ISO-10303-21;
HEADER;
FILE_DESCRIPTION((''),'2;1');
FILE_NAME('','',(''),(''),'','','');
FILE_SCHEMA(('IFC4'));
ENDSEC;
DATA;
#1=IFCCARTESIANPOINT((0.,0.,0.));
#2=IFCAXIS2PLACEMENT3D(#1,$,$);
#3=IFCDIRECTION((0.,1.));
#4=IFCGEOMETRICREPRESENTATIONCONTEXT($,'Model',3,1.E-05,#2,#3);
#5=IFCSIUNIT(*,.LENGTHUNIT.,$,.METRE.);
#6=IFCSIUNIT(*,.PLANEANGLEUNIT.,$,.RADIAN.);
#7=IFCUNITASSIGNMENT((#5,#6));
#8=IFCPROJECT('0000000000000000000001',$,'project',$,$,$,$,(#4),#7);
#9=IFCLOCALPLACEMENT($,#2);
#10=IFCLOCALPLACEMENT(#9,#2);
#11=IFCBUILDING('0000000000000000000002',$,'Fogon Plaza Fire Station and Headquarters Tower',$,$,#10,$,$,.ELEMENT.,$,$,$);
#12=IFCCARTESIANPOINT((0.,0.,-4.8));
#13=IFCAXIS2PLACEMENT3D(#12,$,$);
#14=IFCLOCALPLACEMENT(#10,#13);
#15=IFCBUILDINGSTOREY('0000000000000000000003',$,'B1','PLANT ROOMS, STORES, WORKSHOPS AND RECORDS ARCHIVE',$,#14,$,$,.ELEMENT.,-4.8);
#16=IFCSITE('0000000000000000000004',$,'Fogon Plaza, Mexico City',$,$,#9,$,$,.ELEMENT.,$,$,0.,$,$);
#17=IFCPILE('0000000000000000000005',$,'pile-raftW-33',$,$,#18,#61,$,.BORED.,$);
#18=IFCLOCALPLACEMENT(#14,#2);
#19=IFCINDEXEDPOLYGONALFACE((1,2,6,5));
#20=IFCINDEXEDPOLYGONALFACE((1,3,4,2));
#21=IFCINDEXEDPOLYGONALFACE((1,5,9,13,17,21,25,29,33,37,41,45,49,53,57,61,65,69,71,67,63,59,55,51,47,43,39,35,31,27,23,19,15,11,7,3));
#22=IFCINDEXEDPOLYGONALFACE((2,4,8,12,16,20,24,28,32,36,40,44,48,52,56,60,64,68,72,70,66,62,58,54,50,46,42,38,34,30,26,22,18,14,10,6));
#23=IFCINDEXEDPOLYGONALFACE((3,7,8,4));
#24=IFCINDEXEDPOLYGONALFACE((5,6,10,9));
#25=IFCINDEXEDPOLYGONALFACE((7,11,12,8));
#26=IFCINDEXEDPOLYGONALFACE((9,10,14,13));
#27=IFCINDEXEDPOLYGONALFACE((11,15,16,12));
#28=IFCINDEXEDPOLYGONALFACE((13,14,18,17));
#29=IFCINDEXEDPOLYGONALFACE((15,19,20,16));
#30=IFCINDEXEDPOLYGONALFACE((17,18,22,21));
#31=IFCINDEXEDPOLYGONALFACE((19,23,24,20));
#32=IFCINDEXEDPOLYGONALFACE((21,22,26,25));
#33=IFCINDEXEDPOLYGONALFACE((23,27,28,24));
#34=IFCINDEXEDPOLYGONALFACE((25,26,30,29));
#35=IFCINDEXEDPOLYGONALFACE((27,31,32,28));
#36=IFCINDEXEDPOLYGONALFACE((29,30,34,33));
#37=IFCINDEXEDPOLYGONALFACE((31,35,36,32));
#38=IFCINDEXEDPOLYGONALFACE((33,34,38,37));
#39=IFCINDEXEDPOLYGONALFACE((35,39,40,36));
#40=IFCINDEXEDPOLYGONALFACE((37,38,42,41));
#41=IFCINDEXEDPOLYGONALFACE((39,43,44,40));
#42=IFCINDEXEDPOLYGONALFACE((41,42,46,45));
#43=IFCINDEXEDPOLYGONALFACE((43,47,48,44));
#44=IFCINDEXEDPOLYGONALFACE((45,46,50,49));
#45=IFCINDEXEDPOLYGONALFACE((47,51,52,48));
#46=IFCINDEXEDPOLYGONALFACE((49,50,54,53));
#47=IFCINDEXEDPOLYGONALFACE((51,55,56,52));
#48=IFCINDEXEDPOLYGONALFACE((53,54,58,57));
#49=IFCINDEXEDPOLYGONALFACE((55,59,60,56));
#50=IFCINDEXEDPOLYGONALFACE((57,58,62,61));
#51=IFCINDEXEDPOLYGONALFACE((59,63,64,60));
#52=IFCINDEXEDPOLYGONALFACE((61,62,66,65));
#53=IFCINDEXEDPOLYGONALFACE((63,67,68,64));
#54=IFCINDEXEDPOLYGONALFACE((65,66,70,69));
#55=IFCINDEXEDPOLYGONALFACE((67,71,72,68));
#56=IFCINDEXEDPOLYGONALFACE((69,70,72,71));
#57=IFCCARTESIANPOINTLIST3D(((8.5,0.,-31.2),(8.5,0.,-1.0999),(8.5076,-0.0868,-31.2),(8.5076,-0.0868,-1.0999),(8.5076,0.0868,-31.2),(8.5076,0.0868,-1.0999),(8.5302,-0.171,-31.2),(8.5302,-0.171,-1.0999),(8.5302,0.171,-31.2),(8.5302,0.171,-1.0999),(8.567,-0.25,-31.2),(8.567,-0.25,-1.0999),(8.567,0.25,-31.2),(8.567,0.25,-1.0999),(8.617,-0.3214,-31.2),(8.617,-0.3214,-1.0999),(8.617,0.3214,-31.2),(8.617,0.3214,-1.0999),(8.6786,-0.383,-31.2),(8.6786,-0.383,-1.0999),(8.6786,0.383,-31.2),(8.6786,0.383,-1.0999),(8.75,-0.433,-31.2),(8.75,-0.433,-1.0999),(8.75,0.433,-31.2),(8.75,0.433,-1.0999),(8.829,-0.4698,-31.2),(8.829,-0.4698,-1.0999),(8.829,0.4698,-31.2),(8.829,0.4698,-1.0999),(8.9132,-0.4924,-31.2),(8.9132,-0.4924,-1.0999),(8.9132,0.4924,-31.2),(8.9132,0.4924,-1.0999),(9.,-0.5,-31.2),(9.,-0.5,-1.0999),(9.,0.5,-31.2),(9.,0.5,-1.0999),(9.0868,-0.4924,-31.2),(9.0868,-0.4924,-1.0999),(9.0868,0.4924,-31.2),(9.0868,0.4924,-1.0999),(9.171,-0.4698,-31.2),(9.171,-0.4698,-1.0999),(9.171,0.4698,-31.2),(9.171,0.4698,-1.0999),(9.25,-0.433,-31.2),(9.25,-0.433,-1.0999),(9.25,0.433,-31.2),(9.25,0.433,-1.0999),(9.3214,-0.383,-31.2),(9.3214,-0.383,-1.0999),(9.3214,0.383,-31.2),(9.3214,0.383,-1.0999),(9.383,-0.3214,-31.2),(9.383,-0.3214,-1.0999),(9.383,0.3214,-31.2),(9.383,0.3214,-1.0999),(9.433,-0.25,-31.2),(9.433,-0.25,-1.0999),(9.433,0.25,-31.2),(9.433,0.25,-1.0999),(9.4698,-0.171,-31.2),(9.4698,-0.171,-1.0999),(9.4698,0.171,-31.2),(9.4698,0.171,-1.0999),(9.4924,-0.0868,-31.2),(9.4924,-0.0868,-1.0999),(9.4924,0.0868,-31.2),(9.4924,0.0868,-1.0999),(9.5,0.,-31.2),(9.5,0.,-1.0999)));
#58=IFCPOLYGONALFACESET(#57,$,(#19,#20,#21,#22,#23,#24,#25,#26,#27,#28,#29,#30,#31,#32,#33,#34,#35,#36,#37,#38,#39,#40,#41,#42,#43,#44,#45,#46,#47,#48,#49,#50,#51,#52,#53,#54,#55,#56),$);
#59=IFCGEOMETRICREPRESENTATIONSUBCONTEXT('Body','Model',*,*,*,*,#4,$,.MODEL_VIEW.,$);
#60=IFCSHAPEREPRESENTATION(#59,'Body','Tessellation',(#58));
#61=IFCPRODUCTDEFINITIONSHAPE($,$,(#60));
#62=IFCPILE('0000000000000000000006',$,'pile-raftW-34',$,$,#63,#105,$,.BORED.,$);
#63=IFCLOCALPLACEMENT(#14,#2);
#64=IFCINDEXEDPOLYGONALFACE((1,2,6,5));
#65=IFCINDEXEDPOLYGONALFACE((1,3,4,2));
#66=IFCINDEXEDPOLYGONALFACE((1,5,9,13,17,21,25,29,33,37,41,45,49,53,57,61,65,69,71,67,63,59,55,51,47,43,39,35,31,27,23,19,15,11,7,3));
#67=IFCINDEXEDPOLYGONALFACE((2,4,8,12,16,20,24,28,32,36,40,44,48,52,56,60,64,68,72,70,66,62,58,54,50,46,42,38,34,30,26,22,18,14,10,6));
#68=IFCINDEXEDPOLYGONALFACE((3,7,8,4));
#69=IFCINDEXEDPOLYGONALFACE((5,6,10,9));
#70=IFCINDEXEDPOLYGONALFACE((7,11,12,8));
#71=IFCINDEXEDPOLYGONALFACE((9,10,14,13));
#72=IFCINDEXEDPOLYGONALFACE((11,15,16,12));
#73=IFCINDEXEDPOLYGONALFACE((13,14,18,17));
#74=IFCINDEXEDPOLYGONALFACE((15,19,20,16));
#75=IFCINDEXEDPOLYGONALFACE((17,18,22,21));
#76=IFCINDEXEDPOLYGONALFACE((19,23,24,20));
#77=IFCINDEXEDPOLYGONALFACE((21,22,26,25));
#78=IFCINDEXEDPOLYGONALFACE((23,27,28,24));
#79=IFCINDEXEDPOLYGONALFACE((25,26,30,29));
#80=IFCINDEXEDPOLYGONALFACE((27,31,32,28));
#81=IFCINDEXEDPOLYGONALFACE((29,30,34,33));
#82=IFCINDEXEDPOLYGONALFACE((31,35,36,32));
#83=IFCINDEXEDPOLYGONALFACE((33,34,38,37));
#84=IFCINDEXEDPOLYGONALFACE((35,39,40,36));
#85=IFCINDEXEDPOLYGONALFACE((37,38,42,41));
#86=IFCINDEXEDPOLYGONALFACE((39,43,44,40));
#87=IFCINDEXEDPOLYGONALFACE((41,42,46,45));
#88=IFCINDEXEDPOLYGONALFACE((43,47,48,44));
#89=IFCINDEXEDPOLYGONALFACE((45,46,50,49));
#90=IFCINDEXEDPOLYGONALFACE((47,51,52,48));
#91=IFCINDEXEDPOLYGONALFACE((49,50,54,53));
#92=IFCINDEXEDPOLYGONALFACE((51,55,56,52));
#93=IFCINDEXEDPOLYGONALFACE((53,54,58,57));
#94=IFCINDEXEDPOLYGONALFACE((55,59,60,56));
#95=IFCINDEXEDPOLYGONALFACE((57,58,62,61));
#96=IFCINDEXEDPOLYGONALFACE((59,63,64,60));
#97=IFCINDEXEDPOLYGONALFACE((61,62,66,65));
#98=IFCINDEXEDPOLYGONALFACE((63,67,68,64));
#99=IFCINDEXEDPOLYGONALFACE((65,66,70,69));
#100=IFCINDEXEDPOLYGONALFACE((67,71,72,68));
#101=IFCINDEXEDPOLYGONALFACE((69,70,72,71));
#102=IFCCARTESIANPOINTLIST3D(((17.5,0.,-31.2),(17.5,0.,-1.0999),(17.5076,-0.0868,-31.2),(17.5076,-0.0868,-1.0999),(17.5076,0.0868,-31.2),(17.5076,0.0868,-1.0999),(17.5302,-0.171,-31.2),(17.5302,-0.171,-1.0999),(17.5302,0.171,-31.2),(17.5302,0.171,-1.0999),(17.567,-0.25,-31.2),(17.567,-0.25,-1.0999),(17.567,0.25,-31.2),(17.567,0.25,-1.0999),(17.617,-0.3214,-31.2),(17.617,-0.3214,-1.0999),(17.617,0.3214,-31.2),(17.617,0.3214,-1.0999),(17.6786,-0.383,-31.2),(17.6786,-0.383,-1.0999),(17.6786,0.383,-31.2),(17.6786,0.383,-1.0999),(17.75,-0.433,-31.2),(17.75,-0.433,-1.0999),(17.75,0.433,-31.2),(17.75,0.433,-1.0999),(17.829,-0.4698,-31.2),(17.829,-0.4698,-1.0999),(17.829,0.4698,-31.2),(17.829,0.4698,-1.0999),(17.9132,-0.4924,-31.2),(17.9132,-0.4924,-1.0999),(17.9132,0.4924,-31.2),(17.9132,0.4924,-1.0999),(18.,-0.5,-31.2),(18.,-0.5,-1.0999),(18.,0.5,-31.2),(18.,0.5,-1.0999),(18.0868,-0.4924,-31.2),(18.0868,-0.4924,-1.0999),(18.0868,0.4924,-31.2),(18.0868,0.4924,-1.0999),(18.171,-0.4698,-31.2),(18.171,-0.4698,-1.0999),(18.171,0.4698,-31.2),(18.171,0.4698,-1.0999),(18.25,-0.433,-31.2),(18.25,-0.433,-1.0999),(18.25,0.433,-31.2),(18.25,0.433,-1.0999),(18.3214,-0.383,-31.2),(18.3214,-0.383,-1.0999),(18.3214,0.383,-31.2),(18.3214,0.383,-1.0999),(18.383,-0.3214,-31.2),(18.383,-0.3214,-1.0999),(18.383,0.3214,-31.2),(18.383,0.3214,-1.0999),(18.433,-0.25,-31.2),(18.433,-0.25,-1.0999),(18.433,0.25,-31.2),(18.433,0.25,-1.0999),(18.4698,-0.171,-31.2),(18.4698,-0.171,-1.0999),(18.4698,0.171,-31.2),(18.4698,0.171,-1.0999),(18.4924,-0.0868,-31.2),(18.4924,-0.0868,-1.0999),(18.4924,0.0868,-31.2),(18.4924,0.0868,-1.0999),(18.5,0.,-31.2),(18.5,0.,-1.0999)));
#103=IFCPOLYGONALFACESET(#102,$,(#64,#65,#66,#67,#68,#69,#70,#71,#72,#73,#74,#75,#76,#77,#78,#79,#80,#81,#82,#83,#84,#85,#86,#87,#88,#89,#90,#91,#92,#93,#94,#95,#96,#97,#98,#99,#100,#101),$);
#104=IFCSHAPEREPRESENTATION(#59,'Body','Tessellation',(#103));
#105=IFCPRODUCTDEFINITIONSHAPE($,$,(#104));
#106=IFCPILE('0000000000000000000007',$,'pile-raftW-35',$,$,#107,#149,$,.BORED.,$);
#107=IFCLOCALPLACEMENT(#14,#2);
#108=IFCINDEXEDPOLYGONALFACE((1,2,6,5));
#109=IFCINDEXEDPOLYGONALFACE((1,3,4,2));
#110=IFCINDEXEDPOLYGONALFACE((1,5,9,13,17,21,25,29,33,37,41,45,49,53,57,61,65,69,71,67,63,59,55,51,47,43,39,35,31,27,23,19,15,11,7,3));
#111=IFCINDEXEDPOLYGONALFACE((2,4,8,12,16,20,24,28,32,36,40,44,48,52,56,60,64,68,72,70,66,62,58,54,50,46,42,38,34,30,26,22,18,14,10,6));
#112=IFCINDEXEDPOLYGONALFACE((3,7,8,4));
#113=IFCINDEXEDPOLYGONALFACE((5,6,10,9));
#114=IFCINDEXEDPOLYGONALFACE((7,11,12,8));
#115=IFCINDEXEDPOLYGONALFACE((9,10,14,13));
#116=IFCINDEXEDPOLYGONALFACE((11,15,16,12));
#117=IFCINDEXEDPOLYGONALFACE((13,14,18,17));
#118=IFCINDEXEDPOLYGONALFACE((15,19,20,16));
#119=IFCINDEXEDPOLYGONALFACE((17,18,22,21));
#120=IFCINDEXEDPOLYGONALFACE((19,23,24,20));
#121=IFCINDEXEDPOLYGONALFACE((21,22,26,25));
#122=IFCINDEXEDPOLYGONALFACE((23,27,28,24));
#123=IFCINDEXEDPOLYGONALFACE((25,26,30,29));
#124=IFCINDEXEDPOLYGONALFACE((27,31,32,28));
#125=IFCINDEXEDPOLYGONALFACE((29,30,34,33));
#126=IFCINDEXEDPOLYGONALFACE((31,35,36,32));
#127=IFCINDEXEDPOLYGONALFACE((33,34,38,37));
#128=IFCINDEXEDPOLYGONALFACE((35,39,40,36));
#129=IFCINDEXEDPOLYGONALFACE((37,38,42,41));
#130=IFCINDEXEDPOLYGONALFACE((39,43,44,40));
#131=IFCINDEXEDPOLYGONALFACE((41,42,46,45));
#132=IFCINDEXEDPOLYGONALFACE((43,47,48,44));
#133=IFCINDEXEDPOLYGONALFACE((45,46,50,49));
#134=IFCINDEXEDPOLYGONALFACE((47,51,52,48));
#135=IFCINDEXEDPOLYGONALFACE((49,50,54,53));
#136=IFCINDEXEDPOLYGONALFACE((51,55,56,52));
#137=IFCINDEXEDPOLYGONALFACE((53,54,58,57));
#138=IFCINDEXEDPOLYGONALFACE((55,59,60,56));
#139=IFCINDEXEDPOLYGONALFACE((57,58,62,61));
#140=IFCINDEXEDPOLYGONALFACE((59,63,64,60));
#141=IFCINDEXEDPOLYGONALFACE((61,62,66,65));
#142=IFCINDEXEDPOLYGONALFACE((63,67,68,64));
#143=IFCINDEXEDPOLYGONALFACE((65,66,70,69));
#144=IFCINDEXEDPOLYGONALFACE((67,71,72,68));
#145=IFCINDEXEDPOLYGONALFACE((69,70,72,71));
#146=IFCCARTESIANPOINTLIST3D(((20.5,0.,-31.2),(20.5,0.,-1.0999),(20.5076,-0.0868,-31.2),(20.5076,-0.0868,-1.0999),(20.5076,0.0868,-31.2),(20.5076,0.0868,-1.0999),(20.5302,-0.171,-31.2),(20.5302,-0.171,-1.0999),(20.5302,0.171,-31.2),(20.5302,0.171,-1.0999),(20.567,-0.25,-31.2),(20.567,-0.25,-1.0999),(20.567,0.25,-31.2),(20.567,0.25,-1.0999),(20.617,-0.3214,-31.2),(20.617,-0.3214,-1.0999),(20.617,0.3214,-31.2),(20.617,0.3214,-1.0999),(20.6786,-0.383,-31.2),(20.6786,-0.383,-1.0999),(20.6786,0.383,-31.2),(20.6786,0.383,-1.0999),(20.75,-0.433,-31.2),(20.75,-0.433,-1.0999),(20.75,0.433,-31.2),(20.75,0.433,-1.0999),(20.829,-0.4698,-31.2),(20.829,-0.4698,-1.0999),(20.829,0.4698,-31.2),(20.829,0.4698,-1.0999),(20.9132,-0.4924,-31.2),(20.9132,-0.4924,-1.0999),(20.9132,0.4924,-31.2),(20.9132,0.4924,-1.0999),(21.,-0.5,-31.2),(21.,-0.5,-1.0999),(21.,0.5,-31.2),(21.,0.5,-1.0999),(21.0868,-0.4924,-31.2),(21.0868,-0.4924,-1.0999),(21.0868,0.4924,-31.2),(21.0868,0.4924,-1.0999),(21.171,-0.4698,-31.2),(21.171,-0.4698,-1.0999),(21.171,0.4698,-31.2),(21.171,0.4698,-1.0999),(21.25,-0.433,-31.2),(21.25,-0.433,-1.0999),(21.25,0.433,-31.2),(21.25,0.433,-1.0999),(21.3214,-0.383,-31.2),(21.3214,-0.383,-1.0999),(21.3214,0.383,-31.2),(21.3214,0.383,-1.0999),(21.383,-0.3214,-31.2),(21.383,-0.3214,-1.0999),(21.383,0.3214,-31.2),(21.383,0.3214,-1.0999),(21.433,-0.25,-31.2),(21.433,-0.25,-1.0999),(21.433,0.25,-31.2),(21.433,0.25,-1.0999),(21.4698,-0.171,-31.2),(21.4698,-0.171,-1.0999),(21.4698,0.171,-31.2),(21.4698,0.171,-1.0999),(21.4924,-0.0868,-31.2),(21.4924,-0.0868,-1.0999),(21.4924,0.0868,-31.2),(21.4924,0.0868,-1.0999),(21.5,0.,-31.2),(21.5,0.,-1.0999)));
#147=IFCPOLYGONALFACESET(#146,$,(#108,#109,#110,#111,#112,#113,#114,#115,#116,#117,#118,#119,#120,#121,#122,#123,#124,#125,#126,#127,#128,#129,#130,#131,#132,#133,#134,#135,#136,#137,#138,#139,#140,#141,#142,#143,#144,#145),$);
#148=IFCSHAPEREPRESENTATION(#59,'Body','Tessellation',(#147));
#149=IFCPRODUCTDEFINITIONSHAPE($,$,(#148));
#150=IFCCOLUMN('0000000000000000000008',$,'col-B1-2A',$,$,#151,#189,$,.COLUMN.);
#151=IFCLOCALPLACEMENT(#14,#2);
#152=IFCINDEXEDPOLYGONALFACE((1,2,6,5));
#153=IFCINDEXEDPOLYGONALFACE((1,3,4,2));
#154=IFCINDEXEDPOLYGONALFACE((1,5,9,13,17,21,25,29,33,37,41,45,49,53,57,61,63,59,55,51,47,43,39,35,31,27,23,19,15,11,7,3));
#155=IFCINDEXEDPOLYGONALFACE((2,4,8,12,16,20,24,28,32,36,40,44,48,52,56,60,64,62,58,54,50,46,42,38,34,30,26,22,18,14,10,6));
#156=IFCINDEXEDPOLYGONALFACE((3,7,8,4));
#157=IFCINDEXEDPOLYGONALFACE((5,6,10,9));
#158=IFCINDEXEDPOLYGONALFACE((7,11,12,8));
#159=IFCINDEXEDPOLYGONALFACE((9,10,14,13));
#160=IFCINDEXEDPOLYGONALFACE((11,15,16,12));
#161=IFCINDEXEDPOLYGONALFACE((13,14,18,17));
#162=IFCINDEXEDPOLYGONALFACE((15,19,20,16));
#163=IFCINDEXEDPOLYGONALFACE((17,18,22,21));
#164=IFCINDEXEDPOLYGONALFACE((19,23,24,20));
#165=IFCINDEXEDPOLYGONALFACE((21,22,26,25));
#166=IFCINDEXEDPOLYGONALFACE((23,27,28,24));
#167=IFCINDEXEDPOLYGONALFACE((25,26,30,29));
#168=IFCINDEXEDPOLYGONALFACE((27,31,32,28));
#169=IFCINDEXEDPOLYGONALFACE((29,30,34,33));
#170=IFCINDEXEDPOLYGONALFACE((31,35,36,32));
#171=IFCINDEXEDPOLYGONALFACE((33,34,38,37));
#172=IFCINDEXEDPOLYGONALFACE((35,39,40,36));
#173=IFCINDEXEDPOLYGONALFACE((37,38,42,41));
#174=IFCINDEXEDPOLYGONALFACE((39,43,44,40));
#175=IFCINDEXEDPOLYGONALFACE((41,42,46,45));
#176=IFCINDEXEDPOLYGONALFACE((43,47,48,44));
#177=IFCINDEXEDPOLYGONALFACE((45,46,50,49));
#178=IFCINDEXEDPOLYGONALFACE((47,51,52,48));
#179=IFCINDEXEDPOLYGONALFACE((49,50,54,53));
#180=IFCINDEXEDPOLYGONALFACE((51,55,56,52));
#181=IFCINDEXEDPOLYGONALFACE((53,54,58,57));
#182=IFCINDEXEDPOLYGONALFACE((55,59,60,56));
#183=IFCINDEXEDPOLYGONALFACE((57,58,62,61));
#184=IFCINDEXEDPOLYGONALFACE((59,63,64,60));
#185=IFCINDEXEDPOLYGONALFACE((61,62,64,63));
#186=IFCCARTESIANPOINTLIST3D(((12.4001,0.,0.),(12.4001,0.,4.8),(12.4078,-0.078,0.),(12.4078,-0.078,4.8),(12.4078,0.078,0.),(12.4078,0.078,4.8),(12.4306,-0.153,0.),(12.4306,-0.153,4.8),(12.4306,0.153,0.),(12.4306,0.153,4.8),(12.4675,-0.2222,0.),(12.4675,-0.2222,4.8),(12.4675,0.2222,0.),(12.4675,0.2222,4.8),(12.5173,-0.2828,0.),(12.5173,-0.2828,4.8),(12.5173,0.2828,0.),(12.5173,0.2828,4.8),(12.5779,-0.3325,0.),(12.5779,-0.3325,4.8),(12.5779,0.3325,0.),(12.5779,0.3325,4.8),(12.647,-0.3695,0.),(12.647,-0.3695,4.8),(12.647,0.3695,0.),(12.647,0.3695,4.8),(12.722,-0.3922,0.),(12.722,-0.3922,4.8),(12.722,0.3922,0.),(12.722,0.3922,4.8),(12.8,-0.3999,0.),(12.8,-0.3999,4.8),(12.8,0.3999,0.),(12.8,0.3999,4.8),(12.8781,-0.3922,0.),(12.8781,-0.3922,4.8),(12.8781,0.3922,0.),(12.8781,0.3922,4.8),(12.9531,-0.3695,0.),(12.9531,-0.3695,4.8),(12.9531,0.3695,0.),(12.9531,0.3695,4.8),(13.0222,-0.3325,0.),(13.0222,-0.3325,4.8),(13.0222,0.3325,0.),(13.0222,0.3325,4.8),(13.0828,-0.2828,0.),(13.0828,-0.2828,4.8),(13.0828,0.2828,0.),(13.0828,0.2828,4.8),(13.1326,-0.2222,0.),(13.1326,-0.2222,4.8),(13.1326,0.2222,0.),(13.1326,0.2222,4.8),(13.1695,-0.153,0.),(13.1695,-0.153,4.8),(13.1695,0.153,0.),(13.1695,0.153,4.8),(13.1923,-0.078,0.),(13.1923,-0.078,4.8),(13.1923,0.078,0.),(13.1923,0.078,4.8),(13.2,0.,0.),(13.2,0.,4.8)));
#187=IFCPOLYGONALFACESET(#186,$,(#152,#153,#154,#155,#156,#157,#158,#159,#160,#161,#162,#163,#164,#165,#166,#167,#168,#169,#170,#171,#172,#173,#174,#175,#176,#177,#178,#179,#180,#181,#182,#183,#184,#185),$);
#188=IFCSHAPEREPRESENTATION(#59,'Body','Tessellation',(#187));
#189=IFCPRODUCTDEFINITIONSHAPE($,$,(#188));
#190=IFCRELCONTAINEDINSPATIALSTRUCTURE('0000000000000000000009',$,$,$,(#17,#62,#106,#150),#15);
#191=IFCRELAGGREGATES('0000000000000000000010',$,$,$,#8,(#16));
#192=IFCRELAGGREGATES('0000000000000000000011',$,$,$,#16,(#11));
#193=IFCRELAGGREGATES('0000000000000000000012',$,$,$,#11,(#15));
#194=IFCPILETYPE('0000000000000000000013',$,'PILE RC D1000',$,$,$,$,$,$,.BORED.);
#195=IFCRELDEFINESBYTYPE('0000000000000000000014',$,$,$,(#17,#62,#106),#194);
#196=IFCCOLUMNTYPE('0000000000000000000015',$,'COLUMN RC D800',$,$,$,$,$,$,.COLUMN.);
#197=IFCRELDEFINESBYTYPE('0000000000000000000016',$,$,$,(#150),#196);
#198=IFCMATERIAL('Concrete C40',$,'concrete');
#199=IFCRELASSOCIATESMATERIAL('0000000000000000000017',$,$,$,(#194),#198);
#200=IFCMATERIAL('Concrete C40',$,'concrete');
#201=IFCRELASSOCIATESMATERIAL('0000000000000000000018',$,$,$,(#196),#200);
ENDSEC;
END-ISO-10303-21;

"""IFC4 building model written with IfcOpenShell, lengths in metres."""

from ifc_helpers import new_model, si_unit, direction, frame, origin, origin_2d, place, context, subcontext, project, spatial, circle, extrude, material, material_profile, profile_set, type_object, element, save


model = new_model("IFC4")

# Units and contexts
model_context = context("Model", 3, precision=1e-05, world=origin(), true_north=direction((0.0, 1.0)))
body_context = subcontext(model_context, "Body", "Model", "MODEL_VIEW")
ifc_project = project(units=[si_unit("LENGTHUNIT", "METRE"), si_unit("PLANEANGLEUNIT", "RADIAN")], contexts=[model_context])

# Site, building, storey
site_placement = place(None, origin())
site = spatial("IfcSite", under=ifc_project, at=site_placement, Name="Fogon Plaza, Mexico City", CompositionType="ELEMENT", RefElevation=0.0)
building_placement = place(site_placement, origin())
building = spatial("IfcBuilding", under=site, at=building_placement, Name="Fogon Plaza Fire Station and Headquarters Tower", CompositionType="ELEMENT")
storey_placement = place(building_placement, frame((0.0, 0.0, -4.8)))
storey = spatial("IfcBuildingStorey", under=building, at=storey_placement, Name="B1", Description="PLANT ROOMS, STORES, WORKSHOPS AND RECORDS ARCHIVE", CompositionType="ELEMENT", Elevation=-4.8)

# Piles
ifc_material_1 = material(Name="Concrete C40", Category="concrete")
ifc_material_profile_1 = material_profile(ifc_material_1, circle(Radius=0.5, at=origin_2d()), Name="RC D1000")
ifc_profile_set_1 = profile_set([ifc_material_profile_1], Name="Concrete C40")
pile_type = type_object("IfcPileType", Name="PILE RC D1000", PredefinedType="BORED", material=ifc_profile_set_1)
for number, where, z_axis, x_axis, name in (
    (1, (9.0, 0.0, -1.0999), (0.0, 0.0, -1.0), (1.0, 0.0, 0.0), "pile-raftW-33"),
    (2, (18.0, 0.0, -1.0999), (0.0, 0.0, -1.0), (1.0, 0.0, 0.0), "pile-raftW-34"),
    (3, (21.0, 0.0, -1.0999), (0.0, 0.0, -1.0), (1.0, 0.0, 0.0), "pile-raftW-35"),
):
    element("IfcPile", number, at=place(storey_placement, frame(where, z_axis=z_axis, x_axis=x_axis)), inside=storey, type_object=pile_type, Name=name, PredefinedType="BORED", context=body_context, shape_type="SweptSolid", body=[
        extrude(circle(Radius=0.5, at=origin_2d()), origin(), (0.0, 0.0, 1.0), 30.1001),
    ])

# Column
ifc_material_2 = material(Name="Concrete C40", Category="concrete")
ifc_material_profile_2 = material_profile(ifc_material_2, circle(Radius=0.3999, at=origin_2d()), Name="RC D800")
ifc_profile_set_2 = profile_set([ifc_material_profile_2], Name="Concrete C40")
column_type = type_object("IfcColumnType", Name="COLUMN RC D800", PredefinedType="COLUMN", material=ifc_profile_set_2)
for number, where, z_axis, x_axis, name in (
    (4, (12.8, 0.0, 0.0), (0.0, 0.0, 1.0), (1.0, 0.0, 0.0), "col-B1-2A"),
):
    element("IfcColumn", number, at=place(storey_placement, frame(where, z_axis=z_axis, x_axis=x_axis)), inside=storey, type_object=column_type, Name=name, PredefinedType="COLUMN", context=body_context, shape_type="SweptSolid", body=[
        extrude(circle(Radius=0.3999, at=origin_2d()), origin(), (0.0, 0.0, 1.0), 4.8),
    ])

save(model, "model.ifc")
